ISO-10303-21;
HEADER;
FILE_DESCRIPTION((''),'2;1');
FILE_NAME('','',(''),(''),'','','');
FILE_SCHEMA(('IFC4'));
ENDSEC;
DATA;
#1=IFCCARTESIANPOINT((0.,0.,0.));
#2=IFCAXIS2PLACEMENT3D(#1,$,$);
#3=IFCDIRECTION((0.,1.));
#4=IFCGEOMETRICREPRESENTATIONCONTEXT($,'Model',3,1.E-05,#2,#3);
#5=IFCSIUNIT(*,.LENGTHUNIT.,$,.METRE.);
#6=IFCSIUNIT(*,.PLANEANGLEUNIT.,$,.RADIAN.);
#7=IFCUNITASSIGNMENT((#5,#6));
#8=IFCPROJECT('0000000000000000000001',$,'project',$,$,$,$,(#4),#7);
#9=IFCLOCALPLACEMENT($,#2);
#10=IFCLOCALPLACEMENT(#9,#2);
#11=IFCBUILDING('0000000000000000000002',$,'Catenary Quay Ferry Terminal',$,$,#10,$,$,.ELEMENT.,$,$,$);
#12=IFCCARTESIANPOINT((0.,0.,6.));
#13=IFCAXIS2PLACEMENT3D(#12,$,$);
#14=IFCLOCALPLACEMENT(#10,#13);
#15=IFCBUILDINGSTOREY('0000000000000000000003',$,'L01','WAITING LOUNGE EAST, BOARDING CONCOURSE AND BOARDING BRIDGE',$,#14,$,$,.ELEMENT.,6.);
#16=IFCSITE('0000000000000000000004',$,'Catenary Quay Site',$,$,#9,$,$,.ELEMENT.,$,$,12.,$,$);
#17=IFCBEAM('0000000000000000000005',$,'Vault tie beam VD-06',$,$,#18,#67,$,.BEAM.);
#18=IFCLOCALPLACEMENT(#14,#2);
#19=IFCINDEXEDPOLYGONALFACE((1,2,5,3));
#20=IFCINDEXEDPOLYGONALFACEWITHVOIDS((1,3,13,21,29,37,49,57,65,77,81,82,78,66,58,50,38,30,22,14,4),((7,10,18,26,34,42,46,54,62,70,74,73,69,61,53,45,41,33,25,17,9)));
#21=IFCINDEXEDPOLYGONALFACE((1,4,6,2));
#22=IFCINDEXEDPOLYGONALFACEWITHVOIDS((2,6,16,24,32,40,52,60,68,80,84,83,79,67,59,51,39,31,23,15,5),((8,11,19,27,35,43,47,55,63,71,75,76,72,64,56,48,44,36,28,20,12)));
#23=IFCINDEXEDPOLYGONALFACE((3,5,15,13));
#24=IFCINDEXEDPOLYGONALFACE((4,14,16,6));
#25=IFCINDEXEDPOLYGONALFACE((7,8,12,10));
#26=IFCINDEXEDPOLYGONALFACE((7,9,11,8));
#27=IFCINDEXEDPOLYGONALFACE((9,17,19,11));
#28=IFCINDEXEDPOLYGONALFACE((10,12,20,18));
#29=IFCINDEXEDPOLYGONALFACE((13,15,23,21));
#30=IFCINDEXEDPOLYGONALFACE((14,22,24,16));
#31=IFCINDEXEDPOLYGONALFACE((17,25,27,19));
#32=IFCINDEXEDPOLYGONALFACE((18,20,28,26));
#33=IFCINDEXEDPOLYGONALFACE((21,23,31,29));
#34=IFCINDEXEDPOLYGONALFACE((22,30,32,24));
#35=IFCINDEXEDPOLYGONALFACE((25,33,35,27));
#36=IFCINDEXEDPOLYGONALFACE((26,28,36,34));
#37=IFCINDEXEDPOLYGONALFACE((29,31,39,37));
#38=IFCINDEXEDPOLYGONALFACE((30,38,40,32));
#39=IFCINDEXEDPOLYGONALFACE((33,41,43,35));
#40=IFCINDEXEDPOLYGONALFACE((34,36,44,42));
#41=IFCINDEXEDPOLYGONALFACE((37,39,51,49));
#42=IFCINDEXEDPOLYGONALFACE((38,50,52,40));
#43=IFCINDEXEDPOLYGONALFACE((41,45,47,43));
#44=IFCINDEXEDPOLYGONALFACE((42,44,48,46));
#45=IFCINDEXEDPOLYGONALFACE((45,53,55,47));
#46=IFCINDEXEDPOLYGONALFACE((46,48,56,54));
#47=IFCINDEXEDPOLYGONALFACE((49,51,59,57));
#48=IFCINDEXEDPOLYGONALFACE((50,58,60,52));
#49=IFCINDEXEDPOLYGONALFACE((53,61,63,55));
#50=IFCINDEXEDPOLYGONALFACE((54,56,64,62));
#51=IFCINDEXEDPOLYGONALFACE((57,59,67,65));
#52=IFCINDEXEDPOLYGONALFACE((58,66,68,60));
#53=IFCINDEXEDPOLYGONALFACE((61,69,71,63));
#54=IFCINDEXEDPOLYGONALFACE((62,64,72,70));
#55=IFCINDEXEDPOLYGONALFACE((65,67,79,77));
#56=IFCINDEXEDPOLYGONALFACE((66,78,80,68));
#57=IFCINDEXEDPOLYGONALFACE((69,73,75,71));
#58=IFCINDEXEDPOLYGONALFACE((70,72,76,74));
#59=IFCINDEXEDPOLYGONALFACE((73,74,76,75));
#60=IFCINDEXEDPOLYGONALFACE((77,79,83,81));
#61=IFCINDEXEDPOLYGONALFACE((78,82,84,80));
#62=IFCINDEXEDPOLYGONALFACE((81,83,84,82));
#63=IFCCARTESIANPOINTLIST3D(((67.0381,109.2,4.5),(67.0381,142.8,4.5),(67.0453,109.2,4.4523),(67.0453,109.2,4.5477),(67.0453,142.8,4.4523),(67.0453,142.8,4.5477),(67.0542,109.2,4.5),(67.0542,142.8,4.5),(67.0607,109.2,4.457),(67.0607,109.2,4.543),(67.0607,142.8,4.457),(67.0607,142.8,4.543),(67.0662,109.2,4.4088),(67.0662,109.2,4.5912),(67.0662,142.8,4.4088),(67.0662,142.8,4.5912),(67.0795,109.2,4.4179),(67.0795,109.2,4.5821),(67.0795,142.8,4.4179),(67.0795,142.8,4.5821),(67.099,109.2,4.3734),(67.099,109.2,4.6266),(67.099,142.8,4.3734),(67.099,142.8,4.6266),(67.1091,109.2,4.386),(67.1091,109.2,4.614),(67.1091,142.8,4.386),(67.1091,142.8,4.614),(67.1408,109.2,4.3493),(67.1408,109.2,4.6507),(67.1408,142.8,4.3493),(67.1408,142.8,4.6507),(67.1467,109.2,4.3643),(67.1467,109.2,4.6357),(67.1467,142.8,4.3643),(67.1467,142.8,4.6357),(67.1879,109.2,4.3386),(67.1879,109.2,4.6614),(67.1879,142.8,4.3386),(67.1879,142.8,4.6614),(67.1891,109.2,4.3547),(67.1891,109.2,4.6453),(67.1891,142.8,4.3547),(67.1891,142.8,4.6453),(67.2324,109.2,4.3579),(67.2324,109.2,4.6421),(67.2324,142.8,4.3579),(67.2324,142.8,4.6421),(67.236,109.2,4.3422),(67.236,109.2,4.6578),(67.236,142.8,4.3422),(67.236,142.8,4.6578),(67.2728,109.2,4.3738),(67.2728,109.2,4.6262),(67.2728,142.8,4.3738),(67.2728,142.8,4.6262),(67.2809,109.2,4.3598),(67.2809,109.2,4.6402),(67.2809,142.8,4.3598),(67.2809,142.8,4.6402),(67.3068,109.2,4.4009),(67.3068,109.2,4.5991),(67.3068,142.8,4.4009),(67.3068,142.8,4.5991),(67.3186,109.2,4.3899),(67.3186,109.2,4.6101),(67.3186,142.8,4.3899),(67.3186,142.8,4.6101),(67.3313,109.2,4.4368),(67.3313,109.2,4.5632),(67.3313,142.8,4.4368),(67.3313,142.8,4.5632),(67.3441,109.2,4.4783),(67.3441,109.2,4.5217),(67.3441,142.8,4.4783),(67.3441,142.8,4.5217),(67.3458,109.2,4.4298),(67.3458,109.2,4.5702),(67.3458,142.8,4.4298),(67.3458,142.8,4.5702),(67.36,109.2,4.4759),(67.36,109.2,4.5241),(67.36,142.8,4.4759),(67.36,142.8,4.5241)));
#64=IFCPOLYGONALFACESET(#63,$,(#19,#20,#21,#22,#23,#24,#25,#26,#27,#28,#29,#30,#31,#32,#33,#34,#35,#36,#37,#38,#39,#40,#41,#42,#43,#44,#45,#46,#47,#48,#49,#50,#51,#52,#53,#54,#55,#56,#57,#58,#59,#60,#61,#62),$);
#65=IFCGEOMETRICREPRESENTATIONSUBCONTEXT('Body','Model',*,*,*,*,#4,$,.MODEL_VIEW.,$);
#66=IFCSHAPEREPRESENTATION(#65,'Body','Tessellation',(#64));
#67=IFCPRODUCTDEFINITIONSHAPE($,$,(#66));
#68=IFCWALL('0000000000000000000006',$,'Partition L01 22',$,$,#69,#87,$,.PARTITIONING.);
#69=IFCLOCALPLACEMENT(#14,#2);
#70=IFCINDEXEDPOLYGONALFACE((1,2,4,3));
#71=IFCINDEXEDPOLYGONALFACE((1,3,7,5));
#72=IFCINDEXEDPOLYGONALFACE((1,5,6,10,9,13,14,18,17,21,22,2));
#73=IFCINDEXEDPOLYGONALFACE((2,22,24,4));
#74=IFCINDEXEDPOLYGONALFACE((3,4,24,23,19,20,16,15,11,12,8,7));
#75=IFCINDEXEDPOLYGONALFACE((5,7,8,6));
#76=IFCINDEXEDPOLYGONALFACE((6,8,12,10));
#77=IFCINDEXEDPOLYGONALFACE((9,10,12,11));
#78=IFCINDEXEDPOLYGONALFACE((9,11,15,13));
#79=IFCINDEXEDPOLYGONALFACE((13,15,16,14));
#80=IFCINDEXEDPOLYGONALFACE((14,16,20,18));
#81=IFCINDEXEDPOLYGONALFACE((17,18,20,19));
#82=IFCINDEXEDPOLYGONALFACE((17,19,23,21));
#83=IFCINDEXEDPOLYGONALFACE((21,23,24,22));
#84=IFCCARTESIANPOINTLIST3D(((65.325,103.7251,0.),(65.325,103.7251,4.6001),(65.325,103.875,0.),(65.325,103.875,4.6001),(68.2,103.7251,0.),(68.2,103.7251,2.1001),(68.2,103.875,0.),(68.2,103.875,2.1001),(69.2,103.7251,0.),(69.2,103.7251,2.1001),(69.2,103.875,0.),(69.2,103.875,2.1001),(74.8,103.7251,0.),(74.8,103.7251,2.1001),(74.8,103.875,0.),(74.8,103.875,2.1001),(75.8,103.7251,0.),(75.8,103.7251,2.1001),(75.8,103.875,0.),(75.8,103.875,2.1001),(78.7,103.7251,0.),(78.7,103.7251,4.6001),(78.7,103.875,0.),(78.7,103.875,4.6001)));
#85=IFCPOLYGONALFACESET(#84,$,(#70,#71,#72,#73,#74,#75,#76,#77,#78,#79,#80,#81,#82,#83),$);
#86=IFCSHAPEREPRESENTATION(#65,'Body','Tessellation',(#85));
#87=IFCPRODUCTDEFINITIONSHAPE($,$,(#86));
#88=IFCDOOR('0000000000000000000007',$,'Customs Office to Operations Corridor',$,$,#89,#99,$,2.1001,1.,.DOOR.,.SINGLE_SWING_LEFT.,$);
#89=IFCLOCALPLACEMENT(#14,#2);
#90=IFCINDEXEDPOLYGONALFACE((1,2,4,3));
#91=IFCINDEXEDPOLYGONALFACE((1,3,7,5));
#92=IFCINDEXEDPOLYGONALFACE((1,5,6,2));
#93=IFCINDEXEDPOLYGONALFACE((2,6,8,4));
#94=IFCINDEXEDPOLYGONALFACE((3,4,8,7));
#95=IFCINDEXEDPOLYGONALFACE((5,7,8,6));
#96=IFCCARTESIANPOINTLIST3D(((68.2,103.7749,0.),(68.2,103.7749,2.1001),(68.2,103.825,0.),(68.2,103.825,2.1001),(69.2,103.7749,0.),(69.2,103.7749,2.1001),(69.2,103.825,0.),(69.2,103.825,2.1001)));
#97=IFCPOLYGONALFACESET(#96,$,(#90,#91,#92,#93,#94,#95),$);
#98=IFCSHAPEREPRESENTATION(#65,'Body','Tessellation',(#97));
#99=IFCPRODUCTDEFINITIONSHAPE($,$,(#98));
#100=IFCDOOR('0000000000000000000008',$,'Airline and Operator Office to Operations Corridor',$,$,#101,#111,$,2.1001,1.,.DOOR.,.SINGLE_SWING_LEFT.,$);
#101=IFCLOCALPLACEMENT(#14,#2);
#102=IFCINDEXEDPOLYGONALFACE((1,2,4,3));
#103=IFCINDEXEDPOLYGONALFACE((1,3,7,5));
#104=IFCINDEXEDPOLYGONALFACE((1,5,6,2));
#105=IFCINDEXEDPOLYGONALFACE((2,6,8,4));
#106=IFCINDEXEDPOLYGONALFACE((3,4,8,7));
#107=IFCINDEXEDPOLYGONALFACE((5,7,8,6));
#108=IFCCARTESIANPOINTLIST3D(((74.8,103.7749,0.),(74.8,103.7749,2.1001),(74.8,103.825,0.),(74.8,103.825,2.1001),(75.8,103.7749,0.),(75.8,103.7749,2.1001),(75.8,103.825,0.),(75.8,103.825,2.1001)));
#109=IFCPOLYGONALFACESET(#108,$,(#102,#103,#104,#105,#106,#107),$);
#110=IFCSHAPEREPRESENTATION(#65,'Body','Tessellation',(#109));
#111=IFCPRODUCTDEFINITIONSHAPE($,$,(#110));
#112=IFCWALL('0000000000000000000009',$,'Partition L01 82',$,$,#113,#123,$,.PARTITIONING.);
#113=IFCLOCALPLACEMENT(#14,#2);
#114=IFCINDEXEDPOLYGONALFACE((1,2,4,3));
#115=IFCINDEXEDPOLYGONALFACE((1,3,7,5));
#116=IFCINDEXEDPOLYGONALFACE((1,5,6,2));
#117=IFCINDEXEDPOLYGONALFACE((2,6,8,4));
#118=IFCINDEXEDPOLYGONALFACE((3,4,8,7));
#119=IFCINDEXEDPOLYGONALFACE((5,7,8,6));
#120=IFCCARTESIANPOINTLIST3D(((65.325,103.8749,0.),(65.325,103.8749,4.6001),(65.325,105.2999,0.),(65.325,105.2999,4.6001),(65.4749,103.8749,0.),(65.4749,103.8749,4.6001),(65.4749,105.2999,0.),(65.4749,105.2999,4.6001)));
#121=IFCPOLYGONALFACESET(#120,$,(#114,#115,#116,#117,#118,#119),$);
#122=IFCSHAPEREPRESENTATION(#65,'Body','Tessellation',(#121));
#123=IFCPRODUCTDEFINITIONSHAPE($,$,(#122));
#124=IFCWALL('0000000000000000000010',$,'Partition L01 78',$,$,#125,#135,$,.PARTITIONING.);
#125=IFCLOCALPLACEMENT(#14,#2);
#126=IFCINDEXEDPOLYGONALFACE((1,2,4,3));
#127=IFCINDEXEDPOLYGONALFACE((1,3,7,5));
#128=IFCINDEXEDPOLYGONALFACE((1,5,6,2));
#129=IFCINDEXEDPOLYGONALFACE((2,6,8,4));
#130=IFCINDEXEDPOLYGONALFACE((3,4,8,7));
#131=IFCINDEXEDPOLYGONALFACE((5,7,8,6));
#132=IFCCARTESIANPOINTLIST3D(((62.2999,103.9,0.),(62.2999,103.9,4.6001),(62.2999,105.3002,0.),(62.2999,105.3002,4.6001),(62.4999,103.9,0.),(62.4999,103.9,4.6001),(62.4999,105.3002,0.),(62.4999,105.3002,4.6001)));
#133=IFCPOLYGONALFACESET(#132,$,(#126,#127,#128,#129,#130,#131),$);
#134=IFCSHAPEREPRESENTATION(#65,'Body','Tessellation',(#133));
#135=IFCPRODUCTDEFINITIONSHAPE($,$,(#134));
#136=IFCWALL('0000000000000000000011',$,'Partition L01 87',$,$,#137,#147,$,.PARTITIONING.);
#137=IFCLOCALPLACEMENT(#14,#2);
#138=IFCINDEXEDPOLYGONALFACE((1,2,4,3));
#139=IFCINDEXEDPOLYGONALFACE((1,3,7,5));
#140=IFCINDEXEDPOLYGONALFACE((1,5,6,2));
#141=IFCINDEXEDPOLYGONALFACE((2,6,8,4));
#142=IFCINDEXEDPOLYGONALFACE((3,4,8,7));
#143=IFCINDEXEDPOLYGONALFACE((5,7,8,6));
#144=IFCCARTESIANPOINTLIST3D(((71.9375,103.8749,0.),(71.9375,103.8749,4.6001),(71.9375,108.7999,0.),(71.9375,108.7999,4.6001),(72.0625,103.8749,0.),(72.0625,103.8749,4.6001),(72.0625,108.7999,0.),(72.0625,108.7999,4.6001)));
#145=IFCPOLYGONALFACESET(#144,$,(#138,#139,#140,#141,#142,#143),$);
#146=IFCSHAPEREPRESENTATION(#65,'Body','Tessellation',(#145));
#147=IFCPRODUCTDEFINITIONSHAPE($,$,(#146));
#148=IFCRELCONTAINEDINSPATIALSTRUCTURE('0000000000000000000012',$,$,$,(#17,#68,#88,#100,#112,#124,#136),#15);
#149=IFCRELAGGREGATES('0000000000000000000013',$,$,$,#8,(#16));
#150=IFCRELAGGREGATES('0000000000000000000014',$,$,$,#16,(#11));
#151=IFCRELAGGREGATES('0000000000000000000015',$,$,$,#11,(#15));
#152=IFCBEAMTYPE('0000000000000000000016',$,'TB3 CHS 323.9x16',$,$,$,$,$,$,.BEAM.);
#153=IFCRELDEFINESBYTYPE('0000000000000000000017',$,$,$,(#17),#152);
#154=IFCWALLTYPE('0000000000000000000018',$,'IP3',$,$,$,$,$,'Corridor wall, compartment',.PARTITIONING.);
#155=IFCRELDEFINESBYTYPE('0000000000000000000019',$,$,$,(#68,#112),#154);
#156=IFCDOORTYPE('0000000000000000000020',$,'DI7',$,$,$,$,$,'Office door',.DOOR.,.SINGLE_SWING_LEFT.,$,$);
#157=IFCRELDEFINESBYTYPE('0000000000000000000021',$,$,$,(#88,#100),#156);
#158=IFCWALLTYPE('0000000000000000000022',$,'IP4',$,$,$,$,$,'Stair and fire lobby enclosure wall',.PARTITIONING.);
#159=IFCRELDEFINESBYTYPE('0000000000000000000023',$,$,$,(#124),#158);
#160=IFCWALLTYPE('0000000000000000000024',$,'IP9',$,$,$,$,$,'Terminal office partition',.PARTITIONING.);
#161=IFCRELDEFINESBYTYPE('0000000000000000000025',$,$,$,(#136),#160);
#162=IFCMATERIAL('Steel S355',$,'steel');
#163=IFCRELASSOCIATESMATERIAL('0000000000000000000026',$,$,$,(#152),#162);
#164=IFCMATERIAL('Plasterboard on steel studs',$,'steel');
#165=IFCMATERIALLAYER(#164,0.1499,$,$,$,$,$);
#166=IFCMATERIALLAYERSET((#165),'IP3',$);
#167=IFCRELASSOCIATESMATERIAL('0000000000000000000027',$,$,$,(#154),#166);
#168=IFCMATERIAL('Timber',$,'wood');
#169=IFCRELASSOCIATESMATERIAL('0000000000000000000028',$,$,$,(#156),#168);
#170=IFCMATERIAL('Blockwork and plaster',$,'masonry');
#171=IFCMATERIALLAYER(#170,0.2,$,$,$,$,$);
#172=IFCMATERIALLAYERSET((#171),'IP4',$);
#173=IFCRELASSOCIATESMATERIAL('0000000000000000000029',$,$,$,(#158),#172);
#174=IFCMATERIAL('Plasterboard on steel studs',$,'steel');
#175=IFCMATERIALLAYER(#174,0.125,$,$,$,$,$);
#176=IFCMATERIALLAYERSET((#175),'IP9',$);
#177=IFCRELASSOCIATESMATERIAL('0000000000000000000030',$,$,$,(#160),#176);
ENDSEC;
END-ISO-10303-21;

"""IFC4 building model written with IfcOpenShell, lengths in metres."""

from ifc_helpers import new_model, si_unit, direction, frame, frame_2d, origin, origin_2d, place, context, subcontext, project, spatial, rectangle, hollow_circle, extrude, material, layer, layer_set, material_profile, profile_set, type_object, element, fill, save


model = new_model("IFC4")

# Units and contexts
model_context = context("Model", 3, precision=1e-05, world=origin(), true_north=direction((0.0, 1.0)))
body_context = subcontext(model_context, "Body", "Model", "MODEL_VIEW")
ifc_project = project(units=[si_unit("LENGTHUNIT", "METRE"), si_unit("PLANEANGLEUNIT", "RADIAN")], contexts=[model_context])

# Site, building, storey
site_placement = place(None, origin())
site = spatial("IfcSite", under=ifc_project, at=site_placement, Name="Catenary Quay Site", CompositionType="ELEMENT", RefElevation=12.0)
building_placement = place(site_placement, origin())
building = spatial("IfcBuilding", under=site, at=building_placement, Name="Catenary Quay Ferry Terminal", CompositionType="ELEMENT")
storey_placement = place(building_placement, frame((0.0, 0.0, 6.0)))
storey = spatial("IfcBuildingStorey", under=building, at=storey_placement, Name="L01", Description="WAITING LOUNGE EAST, BOARDING CONCOURSE AND BOARDING BRIDGE", CompositionType="ELEMENT", Elevation=6.0)

# Beam
ifc_material_1 = material(Name="Steel S355", Category="steel")
ifc_material_profile_1 = material_profile(ifc_material_1, hollow_circle(Radius=0.1619, WallThickness=0.0161, at=origin_2d()), Name="CHS 323.9x16")
ifc_profile_set_1 = profile_set([ifc_material_profile_1], Name="Steel S355")
beam_type_1 = type_object("IfcBeamType", Name="TB3 CHS 323.9x16", PredefinedType="BEAM", material=ifc_profile_set_1)
for number, where, z_axis, x_axis, name in (
    (1, (67.2, 109.2, 4.5), (0.0, 1.0, 0.0), (-1.0, 0.0, 0.0), "Vault tie beam VD-06"),
):
    element("IfcBeam", number, at=place(storey_placement, frame(where, z_axis=z_axis, x_axis=x_axis)), inside=storey, type_object=beam_type_1, Name=name, PredefinedType="BEAM", context=body_context, shape_type="SweptSolid", body=[
        extrude(hollow_circle(Radius=0.1619, WallThickness=0.0161, at=origin_2d()), origin(), (0.0, 0.0, 1.0), 33.6001),
    ])

# Wall, openings, doors
ifc_material_2 = material(Name="Plasterboard on steel studs", Category="steel")
ifc_layer_1 = layer(ifc_material_2, 0.1499)
ifc_layer_set_1 = layer_set([ifc_layer_1], Name="IP3")
wall_type_1 = type_object("IfcWallType", Name="IP3", ElementType="Corridor wall, compartment", PredefinedType="PARTITIONING", material=ifc_layer_set_1)
wall_1_placement = place(storey_placement, frame((65.325, 103.8, 0.0), z_axis=(0.0, 0.0, 1.0), x_axis=(1.0, 0.0, 0.0)))
wall_1 = element("IfcWall", 2, at=wall_1_placement, inside=storey, type_object=wall_type_1, Name="Partition L01 22", PredefinedType="PARTITIONING", context=body_context, shape_type="SweptSolid", body=[
    extrude(rectangle(XDim=13.375, YDim=0.1499, at=frame_2d((6.6875, 0.0))), origin(), (0.0, 0.0, 1.0), 4.6001),
])
opening_1_placement = place(wall_1_placement, frame((2.875, 0.0, 0.0)))
opening_1 = element("IfcOpeningElement", 3, at=opening_1_placement, cuts=wall_1, PredefinedType="OPENING", context=body_context, shape_type="SweptSolid", body=[
    extrude(rectangle(XDim=1.0, YDim=2.1001, at=frame_2d((0.5, 1.05))), frame((0.0, 0.085, 0.0), z_axis=(0.0, -1.0, 0.0), x_axis=(1.0, 0.0, 0.0)), (0.0, 0.0, 1.0), 0.1699),
])
opening_2_placement = place(wall_1_placement, frame((9.4751, 0.0, 0.0)))
opening_2 = element("IfcOpeningElement", 4, at=opening_2_placement, cuts=wall_1, PredefinedType="OPENING", context=body_context, shape_type="SweptSolid", body=[
    extrude(rectangle(XDim=1.0, YDim=2.1001, at=frame_2d((0.5, 1.05))), frame((0.0, 0.085, 0.0), z_axis=(0.0, -1.0, 0.0), x_axis=(1.0, 0.0, 0.0)), (0.0, 0.0, 1.0), 0.1699),
])
ifc_material_3 = material(Name="Timber", Category="wood")
door_type_1 = type_object("IfcDoorType", Name="DI7", ElementType="Office door", OperationType="SINGLE_SWING_LEFT", PredefinedType="DOOR", material=ifc_material_3)
door_1_placement = place(opening_1_placement, origin())
door_1 = element("IfcDoor", 5, at=door_1_placement, inside=storey, type_object=door_type_1, Name="Customs Office to Operations Corridor", OperationType="SINGLE_SWING_LEFT", OverallHeight=2.1001, OverallWidth=1.0, PredefinedType="DOOR", context=body_context, shape_type="SweptSolid", body=[
    extrude(rectangle(XDim=1.0, YDim=2.1001, at=frame_2d((0.5, 1.05))), frame((0.0, 0.0249, 0.0), z_axis=(0.0, -1.0, 0.0), x_axis=(1.0, 0.0, 0.0)), (0.0, 0.0, 1.0), 0.05),
])
fill(opening_1, door_1)
door_2_placement = place(opening_2_placement, origin())
door_2 = element("IfcDoor", 6, at=door_2_placement, inside=storey, type_object=door_type_1, Name="Airline and Operator Office to Operations Corridor", OperationType="SINGLE_SWING_LEFT", OverallHeight=2.1001, OverallWidth=1.0, PredefinedType="DOOR", context=body_context, shape_type="SweptSolid", body=[
    extrude(rectangle(XDim=1.0, YDim=2.1001, at=frame_2d((0.5, 1.05))), frame((0.0, 0.0249, 0.0), z_axis=(0.0, -1.0, 0.0), x_axis=(1.0, 0.0, 0.0)), (0.0, 0.0, 1.0), 0.05),
])
fill(opening_2, door_2)

# Walls
wall_2_placement = place(storey_placement, frame((65.3999, 103.875, 0.0), z_axis=(0.0, 0.0, 1.0), x_axis=(0.0, 1.0, 0.0)))
element("IfcWall", 7, at=wall_2_placement, inside=storey, type_object=wall_type_1, Name="Partition L01 82", PredefinedType="PARTITIONING", context=body_context, shape_type="SweptSolid", body=[
    extrude(rectangle(XDim=1.425, YDim=0.1499, at=frame_2d((0.7124, 0.0))), origin(), (0.0, 0.0, 1.0), 4.6001),
])
ifc_material_4 = material(Name="Blockwork and plaster", Category="masonry")
ifc_layer_2 = layer(ifc_material_4, 0.2)
ifc_layer_set_2 = layer_set([ifc_layer_2], Name="IP4")
wall_type_2 = type_object("IfcWallType", Name="IP4", ElementType="Stair and fire lobby enclosure wall", PredefinedType="PARTITIONING", material=ifc_layer_set_2)
wall_3_placement = place(storey_placement, frame((62.3999, 103.8999, 0.0), z_axis=(0.0, 0.0, 1.0), x_axis=(0.0, 1.0, 0.0)))
element("IfcWall", 8, at=wall_3_placement, inside=storey, type_object=wall_type_2, Name="Partition L01 78", PredefinedType="PARTITIONING", context=body_context, shape_type="SweptSolid", body=[
    extrude(rectangle(XDim=1.4001, YDim=0.2, at=frame_2d((0.7002, 0.0))), origin(), (0.0, 0.0, 1.0), 4.6001),
])
ifc_material_5 = material(Name="Plasterboard on steel studs", Category="steel")
ifc_layer_3 = layer(ifc_material_5, 0.125)
ifc_layer_set_3 = layer_set([ifc_layer_3], Name="IP9")
wall_type_3 = type_object("IfcWallType", Name="IP9", ElementType="Terminal office partition", PredefinedType="PARTITIONING", material=ifc_layer_set_3)
wall_4_placement = place(storey_placement, frame((72.0, 103.875, 0.0), z_axis=(0.0, 0.0, 1.0), x_axis=(0.0, 1.0, 0.0)))
element("IfcWall", 9, at=wall_4_placement, inside=storey, type_object=wall_type_3, Name="Partition L01 87", PredefinedType="PARTITIONING", context=body_context, shape_type="SweptSolid", body=[
    extrude(rectangle(XDim=4.925, YDim=0.125, at=frame_2d((2.4624, 0.0))), origin(), (0.0, 0.0, 1.0), 4.6001),
])

save(model, "model.ifc")
